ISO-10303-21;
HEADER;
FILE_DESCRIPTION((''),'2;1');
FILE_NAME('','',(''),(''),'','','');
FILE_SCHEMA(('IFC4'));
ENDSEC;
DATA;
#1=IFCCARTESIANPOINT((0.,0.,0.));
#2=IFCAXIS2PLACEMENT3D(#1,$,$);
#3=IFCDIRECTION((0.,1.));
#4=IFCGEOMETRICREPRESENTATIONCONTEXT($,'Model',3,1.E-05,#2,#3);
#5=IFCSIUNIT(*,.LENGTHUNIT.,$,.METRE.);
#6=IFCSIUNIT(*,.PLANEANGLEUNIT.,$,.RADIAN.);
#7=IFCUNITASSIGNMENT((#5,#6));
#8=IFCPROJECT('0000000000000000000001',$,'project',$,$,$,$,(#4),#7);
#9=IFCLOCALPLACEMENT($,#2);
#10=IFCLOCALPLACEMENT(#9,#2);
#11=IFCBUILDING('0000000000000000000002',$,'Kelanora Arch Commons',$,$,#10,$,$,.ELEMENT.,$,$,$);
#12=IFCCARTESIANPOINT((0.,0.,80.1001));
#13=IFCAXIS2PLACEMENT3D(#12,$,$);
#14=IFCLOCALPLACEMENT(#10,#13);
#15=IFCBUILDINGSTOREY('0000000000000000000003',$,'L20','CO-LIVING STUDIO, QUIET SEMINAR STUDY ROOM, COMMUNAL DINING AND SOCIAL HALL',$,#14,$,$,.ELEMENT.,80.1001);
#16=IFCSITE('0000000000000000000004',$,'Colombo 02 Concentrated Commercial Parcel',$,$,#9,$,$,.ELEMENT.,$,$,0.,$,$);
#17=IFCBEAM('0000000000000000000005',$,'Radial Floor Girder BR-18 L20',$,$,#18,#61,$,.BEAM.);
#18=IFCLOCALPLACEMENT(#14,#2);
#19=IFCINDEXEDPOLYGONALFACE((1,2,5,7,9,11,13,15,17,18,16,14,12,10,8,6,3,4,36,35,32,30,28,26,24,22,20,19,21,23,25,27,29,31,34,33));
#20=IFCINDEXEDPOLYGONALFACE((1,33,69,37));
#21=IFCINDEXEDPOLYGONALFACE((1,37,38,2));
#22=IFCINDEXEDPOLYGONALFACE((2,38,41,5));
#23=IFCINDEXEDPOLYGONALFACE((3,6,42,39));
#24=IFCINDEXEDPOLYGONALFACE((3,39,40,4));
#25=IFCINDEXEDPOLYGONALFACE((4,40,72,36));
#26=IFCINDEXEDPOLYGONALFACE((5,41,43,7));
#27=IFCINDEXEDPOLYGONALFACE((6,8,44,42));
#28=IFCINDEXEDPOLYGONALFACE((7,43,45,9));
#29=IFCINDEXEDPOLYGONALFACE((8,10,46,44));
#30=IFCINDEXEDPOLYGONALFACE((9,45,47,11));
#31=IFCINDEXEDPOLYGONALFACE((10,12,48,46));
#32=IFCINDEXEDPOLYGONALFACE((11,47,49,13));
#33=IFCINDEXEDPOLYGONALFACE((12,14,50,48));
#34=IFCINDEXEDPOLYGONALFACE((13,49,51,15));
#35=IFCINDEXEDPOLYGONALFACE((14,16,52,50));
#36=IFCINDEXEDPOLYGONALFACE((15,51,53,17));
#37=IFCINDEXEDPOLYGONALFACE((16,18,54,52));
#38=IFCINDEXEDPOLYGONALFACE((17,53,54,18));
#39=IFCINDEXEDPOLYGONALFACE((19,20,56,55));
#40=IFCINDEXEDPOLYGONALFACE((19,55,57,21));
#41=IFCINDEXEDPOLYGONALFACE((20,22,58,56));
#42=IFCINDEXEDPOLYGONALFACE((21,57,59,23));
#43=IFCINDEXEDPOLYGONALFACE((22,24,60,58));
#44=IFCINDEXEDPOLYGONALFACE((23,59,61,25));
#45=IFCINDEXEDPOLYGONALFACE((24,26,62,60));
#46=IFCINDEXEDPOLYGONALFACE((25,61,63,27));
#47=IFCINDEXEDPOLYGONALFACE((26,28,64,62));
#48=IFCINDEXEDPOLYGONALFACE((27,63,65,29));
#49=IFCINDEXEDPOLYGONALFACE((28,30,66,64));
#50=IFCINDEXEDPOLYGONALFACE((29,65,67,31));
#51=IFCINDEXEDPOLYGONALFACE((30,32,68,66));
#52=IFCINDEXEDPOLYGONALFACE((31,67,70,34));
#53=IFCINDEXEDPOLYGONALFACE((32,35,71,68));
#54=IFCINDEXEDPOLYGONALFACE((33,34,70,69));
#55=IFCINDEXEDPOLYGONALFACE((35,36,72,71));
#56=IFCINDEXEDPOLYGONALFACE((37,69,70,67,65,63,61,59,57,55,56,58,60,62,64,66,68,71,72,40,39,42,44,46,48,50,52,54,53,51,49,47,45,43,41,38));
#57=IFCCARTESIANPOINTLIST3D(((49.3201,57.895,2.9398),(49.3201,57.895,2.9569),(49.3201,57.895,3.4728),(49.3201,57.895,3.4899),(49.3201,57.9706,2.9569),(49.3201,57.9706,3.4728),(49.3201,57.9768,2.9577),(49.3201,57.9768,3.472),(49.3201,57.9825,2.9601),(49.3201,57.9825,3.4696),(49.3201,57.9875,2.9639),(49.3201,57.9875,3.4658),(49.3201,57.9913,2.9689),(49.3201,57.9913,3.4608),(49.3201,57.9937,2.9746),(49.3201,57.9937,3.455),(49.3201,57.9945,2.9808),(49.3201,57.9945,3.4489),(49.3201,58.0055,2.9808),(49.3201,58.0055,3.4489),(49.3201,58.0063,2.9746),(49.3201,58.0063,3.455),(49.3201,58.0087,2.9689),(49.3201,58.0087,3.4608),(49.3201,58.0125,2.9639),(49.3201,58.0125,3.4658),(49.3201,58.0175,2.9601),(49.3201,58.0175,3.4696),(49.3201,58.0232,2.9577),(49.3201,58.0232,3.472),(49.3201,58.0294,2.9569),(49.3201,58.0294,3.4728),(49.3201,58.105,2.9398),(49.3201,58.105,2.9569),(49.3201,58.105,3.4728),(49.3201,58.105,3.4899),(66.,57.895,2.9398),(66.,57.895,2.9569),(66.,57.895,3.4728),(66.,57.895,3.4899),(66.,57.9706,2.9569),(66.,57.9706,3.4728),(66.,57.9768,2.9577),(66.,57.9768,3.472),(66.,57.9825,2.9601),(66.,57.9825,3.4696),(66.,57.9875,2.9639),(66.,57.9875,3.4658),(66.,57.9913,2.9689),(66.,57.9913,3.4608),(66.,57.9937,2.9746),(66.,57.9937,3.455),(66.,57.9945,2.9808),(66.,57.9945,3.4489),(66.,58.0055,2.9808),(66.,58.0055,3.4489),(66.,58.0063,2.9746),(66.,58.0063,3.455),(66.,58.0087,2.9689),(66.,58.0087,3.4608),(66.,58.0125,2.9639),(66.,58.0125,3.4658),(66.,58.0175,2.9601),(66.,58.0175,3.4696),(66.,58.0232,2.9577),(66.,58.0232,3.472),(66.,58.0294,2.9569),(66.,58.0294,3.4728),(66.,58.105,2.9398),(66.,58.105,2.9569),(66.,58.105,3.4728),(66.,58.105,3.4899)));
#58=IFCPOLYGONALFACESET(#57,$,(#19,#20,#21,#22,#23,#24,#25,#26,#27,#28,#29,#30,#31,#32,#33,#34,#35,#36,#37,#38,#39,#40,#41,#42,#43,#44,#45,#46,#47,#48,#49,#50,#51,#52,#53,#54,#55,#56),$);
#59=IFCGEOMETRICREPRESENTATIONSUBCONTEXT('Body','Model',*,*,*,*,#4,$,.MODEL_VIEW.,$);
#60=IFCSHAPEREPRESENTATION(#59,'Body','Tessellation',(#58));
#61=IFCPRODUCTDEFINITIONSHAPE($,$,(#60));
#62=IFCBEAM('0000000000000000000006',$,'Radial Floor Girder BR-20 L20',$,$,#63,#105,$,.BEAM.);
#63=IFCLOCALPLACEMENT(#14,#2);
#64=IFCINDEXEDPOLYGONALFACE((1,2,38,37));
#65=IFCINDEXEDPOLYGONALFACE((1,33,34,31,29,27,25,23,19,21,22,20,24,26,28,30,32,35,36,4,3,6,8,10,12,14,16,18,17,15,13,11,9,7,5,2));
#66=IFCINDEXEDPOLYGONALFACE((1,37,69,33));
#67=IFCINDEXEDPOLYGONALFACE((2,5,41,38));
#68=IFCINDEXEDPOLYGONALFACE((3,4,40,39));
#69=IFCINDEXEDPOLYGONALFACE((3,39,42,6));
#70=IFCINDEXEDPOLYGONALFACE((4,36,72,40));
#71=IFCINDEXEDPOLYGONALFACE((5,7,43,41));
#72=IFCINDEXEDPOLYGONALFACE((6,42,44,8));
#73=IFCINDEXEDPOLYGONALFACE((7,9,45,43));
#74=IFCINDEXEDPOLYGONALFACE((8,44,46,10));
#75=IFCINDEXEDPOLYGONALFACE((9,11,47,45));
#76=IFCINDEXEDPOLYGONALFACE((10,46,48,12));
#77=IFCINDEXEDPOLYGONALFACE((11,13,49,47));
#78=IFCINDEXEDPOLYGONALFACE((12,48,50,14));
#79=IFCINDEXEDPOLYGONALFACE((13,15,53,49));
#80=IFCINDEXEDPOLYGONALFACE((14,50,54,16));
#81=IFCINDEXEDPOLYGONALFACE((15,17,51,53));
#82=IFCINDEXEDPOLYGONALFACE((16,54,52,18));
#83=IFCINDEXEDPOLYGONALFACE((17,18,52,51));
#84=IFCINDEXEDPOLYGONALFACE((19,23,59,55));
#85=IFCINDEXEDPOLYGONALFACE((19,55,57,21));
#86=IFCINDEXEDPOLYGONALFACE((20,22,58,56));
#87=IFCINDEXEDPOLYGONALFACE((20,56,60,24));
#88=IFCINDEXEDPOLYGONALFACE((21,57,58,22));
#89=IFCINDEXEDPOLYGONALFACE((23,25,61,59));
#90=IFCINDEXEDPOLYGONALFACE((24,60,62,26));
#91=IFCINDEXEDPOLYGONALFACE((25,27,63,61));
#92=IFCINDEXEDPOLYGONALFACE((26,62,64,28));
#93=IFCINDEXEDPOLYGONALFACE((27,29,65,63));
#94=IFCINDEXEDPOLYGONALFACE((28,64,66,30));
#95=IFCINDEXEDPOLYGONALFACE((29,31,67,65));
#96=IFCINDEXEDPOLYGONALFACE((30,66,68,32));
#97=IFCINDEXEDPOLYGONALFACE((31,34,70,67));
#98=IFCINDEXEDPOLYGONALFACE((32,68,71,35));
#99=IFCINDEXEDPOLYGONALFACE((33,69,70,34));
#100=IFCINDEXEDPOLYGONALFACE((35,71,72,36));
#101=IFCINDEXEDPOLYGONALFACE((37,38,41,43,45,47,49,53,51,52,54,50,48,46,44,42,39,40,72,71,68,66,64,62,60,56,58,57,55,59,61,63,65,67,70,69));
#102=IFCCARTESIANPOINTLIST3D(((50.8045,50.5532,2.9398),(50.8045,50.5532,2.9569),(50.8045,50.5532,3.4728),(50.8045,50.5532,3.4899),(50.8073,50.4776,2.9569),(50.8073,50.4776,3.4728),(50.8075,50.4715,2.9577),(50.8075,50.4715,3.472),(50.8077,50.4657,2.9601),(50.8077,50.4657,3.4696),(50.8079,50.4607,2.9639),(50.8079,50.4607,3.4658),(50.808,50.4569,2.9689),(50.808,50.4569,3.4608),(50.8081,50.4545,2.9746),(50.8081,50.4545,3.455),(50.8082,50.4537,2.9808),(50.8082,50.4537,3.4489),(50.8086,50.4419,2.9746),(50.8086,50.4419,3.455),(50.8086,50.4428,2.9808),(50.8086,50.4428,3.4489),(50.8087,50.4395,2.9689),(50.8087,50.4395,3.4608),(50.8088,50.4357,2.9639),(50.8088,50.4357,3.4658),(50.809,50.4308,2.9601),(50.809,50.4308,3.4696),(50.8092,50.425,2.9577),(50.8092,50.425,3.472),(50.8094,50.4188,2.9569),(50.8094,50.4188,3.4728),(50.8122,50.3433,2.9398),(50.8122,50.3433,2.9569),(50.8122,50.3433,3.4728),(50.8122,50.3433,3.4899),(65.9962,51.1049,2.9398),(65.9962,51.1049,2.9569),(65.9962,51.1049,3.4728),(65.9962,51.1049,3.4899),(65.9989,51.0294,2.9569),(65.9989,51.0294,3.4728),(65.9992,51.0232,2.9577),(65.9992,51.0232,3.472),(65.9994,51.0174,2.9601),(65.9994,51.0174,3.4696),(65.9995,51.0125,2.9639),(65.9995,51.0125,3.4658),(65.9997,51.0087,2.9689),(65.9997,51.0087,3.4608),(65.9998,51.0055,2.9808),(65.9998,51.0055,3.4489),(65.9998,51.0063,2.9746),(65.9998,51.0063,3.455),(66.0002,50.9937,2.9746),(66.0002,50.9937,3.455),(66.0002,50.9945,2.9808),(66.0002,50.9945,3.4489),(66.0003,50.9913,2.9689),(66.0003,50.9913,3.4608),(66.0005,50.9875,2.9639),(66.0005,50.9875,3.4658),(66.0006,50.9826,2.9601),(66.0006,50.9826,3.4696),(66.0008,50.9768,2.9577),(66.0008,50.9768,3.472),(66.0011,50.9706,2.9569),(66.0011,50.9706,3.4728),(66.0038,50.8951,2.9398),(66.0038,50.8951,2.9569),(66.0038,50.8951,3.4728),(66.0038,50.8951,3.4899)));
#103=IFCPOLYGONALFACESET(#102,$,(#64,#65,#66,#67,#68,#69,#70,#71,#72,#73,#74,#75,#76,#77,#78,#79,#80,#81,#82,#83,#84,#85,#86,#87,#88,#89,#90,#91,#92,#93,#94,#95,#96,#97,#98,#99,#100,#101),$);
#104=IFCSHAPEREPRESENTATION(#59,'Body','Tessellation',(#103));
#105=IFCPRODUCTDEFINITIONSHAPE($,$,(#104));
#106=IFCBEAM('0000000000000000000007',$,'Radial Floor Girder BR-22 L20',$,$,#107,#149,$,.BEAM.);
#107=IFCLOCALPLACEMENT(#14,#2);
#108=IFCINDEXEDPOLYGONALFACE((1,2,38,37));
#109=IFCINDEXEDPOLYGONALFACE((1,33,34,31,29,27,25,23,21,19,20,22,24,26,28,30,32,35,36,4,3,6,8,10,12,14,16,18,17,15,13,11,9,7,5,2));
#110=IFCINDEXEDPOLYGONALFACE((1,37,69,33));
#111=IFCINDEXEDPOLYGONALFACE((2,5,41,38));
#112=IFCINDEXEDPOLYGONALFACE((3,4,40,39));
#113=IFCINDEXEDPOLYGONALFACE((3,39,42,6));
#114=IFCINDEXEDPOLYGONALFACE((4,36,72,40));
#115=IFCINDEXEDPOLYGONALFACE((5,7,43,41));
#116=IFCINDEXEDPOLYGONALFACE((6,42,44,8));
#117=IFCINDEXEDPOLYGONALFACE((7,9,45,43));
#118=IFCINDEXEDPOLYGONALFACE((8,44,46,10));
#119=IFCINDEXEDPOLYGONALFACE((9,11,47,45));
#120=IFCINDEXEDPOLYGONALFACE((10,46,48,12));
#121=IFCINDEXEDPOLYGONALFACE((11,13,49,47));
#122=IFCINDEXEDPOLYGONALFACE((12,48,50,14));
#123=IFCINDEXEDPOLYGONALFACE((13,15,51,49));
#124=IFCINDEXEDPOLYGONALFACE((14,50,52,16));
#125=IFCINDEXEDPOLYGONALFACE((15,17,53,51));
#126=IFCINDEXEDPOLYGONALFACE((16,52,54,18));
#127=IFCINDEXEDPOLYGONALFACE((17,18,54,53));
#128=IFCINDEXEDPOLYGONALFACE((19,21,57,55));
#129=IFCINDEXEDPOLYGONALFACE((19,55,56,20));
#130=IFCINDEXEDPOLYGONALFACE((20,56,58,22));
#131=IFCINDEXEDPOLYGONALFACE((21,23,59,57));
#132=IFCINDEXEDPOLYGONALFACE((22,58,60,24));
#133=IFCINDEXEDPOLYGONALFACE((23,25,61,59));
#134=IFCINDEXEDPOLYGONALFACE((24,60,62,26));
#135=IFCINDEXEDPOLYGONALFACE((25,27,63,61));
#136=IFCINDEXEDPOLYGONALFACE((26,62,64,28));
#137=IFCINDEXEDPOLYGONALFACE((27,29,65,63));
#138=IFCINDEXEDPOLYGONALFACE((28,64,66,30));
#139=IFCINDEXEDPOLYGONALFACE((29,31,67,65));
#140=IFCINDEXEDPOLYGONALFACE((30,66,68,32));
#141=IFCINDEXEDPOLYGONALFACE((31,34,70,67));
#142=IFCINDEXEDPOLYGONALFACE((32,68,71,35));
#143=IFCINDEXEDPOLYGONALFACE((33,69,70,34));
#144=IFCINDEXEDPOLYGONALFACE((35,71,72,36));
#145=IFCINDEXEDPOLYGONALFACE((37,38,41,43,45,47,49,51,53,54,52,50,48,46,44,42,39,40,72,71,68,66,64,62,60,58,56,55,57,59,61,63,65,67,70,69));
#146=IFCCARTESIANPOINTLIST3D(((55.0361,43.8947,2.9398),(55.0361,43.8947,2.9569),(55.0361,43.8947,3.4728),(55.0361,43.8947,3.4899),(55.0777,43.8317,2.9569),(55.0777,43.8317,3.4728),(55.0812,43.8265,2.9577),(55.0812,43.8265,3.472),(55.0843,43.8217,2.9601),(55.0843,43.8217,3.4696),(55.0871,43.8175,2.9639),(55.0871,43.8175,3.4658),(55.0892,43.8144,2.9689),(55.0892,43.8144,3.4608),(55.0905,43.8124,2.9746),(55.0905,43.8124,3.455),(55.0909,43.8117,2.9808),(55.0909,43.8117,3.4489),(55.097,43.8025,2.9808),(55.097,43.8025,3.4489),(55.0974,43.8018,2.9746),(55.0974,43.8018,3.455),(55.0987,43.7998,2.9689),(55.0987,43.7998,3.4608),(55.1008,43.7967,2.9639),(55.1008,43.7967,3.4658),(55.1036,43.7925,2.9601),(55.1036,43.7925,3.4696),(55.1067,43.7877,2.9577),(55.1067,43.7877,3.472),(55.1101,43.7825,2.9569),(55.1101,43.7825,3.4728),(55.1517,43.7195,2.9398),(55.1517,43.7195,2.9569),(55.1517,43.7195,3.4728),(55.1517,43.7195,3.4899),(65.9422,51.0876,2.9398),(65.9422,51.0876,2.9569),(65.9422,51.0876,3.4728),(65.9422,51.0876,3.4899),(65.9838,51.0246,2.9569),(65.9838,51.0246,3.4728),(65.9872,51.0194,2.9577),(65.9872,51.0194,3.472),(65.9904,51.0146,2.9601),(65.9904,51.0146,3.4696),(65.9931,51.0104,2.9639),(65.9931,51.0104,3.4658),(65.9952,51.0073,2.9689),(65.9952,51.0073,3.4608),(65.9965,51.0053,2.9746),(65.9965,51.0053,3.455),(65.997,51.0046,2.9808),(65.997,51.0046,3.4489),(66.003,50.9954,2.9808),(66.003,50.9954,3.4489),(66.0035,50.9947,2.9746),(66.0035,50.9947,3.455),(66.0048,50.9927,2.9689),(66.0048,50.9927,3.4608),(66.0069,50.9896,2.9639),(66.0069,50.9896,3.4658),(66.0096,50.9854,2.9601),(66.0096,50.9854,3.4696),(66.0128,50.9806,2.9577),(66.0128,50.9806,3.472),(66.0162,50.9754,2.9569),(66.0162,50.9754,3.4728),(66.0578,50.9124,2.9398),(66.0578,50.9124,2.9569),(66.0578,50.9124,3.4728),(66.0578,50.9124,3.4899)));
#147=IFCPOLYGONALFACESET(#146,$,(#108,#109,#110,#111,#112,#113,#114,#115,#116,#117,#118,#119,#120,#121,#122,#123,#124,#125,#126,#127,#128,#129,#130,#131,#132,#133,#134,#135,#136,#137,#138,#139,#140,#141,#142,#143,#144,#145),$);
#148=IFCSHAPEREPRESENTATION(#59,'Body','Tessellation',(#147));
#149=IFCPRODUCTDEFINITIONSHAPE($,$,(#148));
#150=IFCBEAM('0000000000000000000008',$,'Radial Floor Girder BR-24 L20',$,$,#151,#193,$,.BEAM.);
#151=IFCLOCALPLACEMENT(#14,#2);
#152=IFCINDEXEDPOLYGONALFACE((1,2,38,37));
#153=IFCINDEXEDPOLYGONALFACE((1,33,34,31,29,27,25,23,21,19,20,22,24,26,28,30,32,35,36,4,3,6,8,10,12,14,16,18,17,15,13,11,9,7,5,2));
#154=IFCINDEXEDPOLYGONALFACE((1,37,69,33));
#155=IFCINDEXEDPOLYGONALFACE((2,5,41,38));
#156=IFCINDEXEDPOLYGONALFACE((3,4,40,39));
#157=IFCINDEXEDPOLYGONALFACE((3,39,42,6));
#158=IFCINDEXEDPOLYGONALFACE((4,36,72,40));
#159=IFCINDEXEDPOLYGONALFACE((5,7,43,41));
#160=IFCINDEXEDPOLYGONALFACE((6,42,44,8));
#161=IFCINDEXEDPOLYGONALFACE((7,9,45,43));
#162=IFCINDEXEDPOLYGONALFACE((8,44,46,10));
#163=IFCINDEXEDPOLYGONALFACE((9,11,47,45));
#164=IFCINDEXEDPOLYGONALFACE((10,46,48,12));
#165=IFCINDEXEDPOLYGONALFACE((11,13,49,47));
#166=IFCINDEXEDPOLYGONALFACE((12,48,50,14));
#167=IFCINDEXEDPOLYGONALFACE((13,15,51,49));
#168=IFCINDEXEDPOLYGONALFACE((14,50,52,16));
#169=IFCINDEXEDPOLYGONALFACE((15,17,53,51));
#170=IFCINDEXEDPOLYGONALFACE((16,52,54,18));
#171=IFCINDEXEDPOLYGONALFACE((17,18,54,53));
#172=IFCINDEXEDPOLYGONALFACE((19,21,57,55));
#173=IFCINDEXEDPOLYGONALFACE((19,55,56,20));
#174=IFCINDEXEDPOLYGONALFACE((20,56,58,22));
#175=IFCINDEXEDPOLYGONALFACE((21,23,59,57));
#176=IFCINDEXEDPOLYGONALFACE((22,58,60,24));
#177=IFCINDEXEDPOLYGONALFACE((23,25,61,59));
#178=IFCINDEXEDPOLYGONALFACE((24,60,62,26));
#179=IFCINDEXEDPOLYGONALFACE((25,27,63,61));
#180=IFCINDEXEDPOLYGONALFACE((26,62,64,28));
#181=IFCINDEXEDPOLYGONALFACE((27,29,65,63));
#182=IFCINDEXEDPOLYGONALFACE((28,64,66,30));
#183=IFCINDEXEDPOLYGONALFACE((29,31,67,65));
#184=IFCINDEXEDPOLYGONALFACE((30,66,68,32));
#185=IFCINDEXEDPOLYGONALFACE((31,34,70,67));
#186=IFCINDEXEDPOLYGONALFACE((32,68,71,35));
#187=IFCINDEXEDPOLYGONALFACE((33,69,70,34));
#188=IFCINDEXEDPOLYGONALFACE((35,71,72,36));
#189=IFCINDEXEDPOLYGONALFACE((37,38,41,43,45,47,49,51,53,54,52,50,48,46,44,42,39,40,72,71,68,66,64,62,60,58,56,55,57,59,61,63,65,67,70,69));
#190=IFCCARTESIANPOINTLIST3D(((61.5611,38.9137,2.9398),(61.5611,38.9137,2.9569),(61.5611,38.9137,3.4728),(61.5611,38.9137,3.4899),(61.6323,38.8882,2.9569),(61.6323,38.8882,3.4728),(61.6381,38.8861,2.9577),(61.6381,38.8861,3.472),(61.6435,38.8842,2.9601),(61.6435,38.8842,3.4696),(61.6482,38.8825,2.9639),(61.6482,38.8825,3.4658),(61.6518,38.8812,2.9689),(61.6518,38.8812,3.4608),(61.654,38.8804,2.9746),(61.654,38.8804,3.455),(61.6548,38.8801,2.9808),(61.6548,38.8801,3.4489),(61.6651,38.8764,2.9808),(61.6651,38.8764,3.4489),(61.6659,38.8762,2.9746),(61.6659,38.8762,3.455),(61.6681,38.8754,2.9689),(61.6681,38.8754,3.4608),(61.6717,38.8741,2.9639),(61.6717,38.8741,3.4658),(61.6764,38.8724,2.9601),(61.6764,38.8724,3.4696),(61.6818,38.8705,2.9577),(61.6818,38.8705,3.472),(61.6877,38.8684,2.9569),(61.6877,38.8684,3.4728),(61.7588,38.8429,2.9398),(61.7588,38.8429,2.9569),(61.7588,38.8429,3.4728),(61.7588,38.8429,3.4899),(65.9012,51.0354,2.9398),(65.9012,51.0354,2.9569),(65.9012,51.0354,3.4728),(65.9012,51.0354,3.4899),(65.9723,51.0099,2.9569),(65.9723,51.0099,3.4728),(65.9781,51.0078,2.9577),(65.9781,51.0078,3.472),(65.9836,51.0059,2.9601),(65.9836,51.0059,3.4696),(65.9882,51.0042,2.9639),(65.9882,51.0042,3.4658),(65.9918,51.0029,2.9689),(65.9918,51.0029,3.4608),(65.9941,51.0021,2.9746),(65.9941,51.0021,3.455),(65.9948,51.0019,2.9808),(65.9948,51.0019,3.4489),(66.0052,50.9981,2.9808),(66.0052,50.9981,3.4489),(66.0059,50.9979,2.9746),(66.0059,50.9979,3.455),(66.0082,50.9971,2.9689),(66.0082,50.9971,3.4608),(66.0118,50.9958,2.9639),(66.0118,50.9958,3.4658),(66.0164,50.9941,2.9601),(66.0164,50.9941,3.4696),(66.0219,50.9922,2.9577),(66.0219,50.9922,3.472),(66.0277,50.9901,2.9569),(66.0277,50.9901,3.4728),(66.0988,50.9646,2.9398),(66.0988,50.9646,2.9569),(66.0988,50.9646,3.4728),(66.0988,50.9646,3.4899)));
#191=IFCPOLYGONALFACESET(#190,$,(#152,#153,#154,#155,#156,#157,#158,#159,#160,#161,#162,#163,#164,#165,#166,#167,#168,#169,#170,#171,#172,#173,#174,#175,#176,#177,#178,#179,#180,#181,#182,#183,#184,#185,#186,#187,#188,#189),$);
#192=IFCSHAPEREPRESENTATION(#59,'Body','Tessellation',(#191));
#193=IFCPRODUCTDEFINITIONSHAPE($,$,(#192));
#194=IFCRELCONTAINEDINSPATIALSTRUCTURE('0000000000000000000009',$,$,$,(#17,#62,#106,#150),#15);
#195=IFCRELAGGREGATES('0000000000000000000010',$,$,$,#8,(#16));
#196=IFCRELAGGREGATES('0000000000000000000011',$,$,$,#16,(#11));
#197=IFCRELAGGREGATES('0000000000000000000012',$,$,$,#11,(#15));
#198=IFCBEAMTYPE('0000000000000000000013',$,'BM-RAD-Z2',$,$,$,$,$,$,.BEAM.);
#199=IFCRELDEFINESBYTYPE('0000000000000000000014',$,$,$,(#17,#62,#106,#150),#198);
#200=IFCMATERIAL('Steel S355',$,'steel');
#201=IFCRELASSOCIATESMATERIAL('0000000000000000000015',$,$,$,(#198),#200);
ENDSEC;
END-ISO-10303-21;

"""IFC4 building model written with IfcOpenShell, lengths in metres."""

from ifc_helpers import new_model, si_unit, direction, frame, origin, origin_2d, place, context, subcontext, project, spatial, i_section, extrude, material, material_profile, profile_set, type_object, element, save


model = new_model("IFC4")

# Units and contexts
model_context = context("Model", 3, precision=1e-05, world=origin(), true_north=direction((0.0, 1.0)))
body_context = subcontext(model_context, "Body", "Model", "MODEL_VIEW")
ifc_project = project(units=[si_unit("LENGTHUNIT", "METRE"), si_unit("PLANEANGLEUNIT", "RADIAN")], contexts=[model_context])

# Site, building, storey
site_placement = place(None, origin())
site = spatial("IfcSite", under=ifc_project, at=site_placement, Name="Colombo 02 Concentrated Commercial Parcel", CompositionType="ELEMENT", RefElevation=0.0)
building_placement = place(site_placement, origin())
building = spatial("IfcBuilding", under=site, at=building_placement, Name="Kelanora Arch Commons", CompositionType="ELEMENT")
storey_placement = place(building_placement, frame((0.0, 0.0, 80.1001)))
storey = spatial("IfcBuildingStorey", under=building, at=storey_placement, Name="L20", Description="CO-LIVING STUDIO, QUIET SEMINAR STUDY ROOM, COMMUNAL DINING AND SOCIAL HALL", CompositionType="ELEMENT", Elevation=80.1001)

# Beams
ifc_material_1 = material(Name="Steel S355", Category="steel")
ifc_material_profile_1 = material_profile(ifc_material_1, i_section(OverallWidth=0.21, OverallDepth=0.55, WebThickness=0.011, FlangeThickness=0.0171, FilletRadius=0.0239, at=origin_2d()), Name="IPE550")
ifc_profile_set_1 = profile_set([ifc_material_profile_1], Name="Steel S355")
beam_type_1 = type_object("IfcBeamType", Name="BM-RAD-Z2", PredefinedType="BEAM", material=ifc_profile_set_1)
beam_1_placement = place(storey_placement, frame((66.0, 58.0, 3.2148), z_axis=(-1.0, 0.0, 0.0), x_axis=(0.0, -1.0, 0.0)))
element("IfcBeam", 1, at=beam_1_placement, inside=storey, type_object=beam_type_1, Name="Radial Floor Girder BR-18 L20", PredefinedType="BEAM", context=body_context, shape_type="SweptSolid", body=[
    extrude(i_section(OverallWidth=0.21, OverallDepth=0.55, WebThickness=0.011, FlangeThickness=0.0171, FilletRadius=0.0239, at=origin_2d()), origin(), (0.0, 0.0, 1.0), 16.6799),
])
beam_2_placement = place(storey_placement, frame((66.0, 51.0, 3.2148), z_axis=(-0.999341, -0.036296, 0.0), x_axis=(0.036296, -0.999341, 0.0)))
element("IfcBeam", 2, at=beam_2_placement, inside=storey, type_object=beam_type_1, Name="Radial Floor Girder BR-20 L20", PredefinedType="BEAM", context=body_context, shape_type="SweptSolid", body=[
    extrude(i_section(OverallWidth=0.21, OverallDepth=0.55, WebThickness=0.011, FlangeThickness=0.0171, FilletRadius=0.0239, at=origin_2d()), origin(), (0.0, 0.0, 1.0), 15.2017),
])
beam_3_placement = place(storey_placement, frame((66.0, 51.0, 3.2148), z_axis=(-0.834789, -0.550571, 0.0), x_axis=(0.550571, -0.834789, 0.0)))
element("IfcBeam", 3, at=beam_3_placement, inside=storey, type_object=beam_type_1, Name="Radial Floor Girder BR-22 L20", PredefinedType="BEAM", context=body_context, shape_type="SweptSolid", body=[
    extrude(i_section(OverallWidth=0.21, OverallDepth=0.55, WebThickness=0.011, FlangeThickness=0.0171, FilletRadius=0.0239, at=origin_2d()), origin(), (0.0, 0.0, 1.0), 13.0645),
])
beam_4_placement = place(storey_placement, frame((66.0, 51.0, 3.2148), z_axis=(-0.337085, -0.941474, 0.0), x_axis=(0.941474, -0.337085, 0.0)))
element("IfcBeam", 4, at=beam_4_placement, inside=storey, type_object=beam_type_1, Name="Radial Floor Girder BR-24 L20", PredefinedType="BEAM", context=body_context, shape_type="SweptSolid", body=[
    extrude(i_section(OverallWidth=0.21, OverallDepth=0.55, WebThickness=0.011, FlangeThickness=0.0171, FilletRadius=0.0239, at=origin_2d()), origin(), (0.0, 0.0, 1.0), 12.8752),
])

save(model, "model.ifc")
